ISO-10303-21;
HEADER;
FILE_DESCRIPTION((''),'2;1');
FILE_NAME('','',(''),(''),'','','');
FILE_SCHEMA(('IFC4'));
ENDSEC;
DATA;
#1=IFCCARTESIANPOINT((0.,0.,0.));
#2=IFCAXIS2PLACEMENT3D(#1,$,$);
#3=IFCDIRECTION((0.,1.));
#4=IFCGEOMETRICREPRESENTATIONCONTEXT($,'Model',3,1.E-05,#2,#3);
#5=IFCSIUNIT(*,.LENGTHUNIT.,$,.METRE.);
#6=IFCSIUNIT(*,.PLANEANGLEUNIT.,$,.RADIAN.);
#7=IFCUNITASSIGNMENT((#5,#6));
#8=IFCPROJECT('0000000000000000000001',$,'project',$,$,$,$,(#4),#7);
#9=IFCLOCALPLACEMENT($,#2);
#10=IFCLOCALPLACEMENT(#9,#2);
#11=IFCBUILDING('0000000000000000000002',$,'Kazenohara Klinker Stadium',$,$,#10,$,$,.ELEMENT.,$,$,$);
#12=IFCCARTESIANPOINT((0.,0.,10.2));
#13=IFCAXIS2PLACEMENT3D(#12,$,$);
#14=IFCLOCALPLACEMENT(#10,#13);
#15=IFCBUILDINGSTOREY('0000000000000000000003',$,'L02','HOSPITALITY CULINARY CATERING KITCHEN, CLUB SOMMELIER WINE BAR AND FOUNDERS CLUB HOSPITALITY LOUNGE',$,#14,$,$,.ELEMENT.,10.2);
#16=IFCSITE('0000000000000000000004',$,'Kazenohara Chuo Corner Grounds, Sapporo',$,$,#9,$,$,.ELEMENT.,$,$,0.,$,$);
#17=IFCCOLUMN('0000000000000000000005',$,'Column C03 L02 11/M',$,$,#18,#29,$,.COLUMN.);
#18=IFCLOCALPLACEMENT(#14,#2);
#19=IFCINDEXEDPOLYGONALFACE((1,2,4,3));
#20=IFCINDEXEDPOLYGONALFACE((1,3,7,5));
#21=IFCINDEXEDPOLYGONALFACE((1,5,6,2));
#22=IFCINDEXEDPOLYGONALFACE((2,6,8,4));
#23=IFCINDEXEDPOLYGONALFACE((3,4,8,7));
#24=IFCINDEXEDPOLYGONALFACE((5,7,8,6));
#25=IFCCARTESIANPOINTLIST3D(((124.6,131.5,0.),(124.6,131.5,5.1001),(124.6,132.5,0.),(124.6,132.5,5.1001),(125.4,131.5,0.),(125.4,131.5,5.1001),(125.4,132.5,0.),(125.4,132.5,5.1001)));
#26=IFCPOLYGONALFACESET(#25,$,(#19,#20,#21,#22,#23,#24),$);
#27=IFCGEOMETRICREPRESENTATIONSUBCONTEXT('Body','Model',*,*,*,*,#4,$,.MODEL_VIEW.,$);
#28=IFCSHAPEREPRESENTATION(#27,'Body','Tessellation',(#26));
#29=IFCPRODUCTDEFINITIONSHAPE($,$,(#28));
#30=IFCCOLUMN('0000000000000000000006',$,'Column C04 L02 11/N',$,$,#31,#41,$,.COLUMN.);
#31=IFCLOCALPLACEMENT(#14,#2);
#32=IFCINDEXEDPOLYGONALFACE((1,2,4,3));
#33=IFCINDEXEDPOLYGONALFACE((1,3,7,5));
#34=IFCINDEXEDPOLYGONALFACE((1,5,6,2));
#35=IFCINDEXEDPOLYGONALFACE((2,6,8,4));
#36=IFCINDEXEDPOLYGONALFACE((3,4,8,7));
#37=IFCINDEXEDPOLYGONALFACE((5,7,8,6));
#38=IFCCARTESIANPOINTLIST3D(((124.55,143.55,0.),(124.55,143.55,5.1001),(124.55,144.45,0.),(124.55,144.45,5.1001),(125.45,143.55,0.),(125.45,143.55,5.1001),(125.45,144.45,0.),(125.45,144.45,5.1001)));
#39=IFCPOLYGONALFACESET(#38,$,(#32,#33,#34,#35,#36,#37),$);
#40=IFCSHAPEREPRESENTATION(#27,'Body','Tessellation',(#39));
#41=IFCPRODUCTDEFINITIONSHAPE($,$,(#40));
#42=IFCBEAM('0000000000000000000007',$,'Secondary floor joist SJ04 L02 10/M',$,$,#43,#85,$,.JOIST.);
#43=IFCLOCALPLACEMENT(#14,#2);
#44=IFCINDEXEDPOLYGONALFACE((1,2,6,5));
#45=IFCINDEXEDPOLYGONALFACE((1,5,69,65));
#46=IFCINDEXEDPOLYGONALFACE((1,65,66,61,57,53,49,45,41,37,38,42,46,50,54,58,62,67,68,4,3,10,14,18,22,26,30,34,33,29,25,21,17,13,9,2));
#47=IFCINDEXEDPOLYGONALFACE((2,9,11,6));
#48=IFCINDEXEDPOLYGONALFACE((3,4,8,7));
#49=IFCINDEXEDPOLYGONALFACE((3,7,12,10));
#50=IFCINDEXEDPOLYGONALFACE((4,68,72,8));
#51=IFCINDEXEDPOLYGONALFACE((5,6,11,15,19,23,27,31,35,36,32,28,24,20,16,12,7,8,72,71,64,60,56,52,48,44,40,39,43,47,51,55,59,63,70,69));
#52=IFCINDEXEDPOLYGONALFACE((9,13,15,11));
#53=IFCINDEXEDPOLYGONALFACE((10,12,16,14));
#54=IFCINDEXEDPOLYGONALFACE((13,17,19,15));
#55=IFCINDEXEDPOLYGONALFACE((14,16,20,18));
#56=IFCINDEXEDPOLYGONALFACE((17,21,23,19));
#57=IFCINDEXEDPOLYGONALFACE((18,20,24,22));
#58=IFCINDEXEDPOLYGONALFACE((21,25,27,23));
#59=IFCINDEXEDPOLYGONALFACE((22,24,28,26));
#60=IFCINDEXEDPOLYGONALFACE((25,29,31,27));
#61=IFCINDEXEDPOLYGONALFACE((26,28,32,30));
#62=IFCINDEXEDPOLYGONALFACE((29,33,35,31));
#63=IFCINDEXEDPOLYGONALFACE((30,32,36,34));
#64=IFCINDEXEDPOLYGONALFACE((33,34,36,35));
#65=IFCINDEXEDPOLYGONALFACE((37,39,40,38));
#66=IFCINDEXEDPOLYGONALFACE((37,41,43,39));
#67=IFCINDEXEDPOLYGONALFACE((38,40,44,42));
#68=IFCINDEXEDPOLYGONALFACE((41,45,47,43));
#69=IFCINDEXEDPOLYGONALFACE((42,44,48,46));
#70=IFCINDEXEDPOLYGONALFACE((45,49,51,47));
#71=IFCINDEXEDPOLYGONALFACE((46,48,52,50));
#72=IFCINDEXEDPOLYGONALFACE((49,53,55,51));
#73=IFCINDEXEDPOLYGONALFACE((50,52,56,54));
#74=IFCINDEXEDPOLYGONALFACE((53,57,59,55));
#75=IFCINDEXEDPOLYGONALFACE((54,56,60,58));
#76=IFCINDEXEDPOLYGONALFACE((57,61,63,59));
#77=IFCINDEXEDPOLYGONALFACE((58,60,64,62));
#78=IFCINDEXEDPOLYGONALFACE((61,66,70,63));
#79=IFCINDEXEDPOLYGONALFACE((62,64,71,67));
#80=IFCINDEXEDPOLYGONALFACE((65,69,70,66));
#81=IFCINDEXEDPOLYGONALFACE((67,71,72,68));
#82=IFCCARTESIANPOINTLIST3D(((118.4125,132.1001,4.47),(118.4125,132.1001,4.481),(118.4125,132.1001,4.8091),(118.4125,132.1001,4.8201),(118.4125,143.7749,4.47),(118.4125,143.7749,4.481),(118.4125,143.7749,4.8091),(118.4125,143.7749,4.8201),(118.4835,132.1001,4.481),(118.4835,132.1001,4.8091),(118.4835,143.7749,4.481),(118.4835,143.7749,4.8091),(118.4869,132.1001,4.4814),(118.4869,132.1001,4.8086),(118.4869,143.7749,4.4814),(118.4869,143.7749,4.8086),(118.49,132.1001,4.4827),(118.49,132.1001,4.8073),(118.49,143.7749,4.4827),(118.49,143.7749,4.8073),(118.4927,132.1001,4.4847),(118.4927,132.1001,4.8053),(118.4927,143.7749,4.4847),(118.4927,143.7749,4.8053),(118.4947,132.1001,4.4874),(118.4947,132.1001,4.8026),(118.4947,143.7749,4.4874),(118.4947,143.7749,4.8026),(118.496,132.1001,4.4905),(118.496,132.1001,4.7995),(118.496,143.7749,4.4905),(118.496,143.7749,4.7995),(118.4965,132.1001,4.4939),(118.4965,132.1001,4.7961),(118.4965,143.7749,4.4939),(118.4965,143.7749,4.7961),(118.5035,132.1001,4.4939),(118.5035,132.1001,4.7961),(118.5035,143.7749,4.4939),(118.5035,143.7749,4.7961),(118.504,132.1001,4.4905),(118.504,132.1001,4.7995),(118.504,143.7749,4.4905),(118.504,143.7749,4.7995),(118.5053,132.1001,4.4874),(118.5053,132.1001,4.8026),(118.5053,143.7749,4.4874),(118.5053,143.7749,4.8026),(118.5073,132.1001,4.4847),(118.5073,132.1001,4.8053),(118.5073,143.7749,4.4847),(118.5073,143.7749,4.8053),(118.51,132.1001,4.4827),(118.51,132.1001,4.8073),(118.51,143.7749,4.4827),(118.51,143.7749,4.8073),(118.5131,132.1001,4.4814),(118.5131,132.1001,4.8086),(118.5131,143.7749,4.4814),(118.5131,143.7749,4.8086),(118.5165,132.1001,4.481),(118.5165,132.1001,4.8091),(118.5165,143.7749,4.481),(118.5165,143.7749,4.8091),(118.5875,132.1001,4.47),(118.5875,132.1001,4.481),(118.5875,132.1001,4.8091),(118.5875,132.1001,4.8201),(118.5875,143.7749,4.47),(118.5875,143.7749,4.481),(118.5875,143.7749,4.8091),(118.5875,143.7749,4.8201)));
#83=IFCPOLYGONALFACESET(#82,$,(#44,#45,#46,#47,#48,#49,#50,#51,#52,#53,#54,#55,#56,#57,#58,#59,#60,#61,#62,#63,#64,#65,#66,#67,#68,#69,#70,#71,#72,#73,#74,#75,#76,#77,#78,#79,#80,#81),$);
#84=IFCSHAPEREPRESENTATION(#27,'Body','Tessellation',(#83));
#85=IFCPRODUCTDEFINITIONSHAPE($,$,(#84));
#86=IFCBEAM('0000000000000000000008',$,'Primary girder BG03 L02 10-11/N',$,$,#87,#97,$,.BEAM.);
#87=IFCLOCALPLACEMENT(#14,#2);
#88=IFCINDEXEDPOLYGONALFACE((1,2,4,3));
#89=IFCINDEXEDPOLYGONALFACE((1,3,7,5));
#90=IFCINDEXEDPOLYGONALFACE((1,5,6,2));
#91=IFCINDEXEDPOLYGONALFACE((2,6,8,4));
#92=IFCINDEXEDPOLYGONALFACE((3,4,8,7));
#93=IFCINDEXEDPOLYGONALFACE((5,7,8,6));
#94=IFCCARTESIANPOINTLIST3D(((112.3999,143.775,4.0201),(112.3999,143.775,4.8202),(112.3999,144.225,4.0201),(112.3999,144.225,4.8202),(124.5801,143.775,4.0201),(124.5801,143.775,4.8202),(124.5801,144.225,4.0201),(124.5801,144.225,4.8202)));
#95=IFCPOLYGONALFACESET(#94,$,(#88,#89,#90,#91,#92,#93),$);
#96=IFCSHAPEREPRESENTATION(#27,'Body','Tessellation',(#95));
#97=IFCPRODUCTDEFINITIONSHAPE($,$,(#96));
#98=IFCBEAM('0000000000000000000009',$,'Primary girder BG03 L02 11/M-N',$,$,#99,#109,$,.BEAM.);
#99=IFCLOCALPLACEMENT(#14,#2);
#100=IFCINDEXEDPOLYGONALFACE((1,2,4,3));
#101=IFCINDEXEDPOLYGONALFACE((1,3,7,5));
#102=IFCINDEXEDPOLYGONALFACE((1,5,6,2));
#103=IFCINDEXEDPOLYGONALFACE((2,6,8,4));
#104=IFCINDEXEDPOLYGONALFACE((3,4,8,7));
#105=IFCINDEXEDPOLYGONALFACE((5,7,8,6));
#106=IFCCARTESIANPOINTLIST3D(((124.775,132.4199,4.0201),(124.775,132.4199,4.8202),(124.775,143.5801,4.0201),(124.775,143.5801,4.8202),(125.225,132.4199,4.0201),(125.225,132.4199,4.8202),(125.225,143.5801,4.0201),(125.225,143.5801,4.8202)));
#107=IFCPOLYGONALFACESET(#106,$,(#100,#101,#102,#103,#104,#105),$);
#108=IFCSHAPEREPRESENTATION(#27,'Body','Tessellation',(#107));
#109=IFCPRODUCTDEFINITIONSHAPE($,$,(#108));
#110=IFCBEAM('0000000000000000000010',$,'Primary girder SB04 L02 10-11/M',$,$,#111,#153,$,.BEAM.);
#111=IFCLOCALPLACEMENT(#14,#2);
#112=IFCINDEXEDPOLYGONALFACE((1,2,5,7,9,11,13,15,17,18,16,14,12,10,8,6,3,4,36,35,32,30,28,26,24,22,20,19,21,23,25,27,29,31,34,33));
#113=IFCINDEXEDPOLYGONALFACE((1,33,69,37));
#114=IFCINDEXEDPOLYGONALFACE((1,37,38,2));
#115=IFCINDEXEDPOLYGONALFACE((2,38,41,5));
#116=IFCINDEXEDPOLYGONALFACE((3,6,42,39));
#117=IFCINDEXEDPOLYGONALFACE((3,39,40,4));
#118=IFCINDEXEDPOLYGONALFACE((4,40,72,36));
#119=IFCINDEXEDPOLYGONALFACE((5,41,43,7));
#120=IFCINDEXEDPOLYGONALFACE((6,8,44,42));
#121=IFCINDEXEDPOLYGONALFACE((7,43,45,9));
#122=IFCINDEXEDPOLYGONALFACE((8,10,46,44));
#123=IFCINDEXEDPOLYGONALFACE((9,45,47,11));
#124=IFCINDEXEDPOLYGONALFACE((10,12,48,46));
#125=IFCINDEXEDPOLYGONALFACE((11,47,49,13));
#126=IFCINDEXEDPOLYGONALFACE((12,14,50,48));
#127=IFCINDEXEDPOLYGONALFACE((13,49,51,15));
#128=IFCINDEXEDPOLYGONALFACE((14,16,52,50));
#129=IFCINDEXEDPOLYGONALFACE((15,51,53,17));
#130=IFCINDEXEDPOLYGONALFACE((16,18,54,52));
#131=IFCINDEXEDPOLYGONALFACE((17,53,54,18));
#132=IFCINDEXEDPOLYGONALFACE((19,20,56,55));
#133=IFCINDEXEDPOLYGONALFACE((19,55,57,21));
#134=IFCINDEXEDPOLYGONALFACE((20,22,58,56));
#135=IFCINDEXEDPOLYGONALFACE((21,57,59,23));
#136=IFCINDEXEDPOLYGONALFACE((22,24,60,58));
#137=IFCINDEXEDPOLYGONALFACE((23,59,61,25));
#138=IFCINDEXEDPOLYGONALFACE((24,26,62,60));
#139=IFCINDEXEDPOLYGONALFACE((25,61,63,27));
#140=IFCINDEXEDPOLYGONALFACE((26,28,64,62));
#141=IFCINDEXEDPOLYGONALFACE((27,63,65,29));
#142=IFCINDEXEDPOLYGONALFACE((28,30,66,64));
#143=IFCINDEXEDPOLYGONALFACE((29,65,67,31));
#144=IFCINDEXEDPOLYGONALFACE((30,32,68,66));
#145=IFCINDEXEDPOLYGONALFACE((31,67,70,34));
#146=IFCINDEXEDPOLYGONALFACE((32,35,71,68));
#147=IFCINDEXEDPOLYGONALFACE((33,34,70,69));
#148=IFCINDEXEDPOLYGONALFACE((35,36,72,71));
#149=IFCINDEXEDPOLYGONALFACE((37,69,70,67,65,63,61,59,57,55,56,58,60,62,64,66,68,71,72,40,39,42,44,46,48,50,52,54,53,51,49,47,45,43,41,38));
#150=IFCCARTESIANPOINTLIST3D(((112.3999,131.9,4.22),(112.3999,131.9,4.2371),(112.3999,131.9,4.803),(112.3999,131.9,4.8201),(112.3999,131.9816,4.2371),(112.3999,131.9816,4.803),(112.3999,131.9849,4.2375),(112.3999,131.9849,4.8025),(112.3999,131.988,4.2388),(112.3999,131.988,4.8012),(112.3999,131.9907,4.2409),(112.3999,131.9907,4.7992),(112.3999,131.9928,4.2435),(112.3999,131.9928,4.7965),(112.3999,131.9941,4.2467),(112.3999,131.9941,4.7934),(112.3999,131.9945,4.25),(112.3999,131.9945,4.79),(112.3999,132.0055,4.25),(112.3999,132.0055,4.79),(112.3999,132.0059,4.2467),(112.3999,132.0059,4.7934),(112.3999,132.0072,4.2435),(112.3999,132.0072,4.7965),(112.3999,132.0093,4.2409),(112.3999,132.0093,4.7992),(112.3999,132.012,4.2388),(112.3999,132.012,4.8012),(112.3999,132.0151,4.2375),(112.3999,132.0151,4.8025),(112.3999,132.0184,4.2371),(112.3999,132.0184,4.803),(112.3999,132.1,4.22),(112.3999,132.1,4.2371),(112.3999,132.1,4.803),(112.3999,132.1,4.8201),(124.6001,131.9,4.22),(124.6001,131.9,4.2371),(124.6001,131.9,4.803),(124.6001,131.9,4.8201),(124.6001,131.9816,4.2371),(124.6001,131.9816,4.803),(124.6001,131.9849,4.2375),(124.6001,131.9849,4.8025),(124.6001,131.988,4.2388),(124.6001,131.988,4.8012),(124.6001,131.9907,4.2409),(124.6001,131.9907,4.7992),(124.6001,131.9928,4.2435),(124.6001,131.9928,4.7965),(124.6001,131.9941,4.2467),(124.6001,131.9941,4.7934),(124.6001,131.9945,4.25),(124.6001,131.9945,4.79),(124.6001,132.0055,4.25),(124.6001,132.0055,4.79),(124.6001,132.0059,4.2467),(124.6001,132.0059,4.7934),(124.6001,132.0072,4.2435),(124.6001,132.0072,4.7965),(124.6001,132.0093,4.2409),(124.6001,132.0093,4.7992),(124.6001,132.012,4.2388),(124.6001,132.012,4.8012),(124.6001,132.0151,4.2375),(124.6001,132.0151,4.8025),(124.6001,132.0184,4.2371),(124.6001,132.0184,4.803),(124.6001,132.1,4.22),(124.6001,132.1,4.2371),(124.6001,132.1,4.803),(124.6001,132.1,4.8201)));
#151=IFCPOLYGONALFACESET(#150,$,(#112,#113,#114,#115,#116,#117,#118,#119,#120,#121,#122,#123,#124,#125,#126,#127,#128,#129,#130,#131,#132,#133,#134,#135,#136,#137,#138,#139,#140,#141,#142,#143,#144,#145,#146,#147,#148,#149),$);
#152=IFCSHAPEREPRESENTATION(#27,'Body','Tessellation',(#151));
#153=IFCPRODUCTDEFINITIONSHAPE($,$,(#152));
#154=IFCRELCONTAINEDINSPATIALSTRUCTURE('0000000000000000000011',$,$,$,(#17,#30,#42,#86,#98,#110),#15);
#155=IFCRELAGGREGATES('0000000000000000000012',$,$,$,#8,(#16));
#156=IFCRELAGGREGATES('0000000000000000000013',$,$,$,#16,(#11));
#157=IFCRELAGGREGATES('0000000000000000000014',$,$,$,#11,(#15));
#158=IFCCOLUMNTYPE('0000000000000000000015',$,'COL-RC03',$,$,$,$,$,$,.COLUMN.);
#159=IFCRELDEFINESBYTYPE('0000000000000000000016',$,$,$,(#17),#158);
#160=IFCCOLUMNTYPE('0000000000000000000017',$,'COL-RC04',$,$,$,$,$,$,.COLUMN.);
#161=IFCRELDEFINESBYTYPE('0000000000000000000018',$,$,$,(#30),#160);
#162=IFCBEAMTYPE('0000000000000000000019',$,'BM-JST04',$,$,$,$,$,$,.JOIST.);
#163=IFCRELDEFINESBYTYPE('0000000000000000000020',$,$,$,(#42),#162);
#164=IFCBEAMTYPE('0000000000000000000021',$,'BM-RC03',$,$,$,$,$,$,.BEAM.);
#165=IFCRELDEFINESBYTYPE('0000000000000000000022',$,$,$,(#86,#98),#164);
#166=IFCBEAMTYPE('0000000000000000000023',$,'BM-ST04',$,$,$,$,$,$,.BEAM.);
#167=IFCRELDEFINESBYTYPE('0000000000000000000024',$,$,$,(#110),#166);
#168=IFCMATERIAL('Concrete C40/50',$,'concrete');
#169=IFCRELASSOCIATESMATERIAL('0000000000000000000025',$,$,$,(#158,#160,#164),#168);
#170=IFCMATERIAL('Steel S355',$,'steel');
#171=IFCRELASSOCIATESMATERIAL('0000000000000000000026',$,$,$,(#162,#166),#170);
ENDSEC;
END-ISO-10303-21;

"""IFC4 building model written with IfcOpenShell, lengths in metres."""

from ifc_helpers import new_model, si_unit, direction, frame, origin, origin_2d, place, context, subcontext, project, spatial, rectangle, i_section, extrude, material, material_profile, profile_set, type_object, element, save


model = new_model("IFC4")

# Units and contexts
model_context = context("Model", 3, precision=1e-05, world=origin(), true_north=direction((0.0, 1.0)))
body_context = subcontext(model_context, "Body", "Model", "MODEL_VIEW")
ifc_project = project(units=[si_unit("LENGTHUNIT", "METRE"), si_unit("PLANEANGLEUNIT", "RADIAN")], contexts=[model_context])

# Site, building, storey
site_placement = place(None, origin())
site = spatial("IfcSite", under=ifc_project, at=site_placement, Name="Kazenohara Chuo Corner Grounds, Sapporo", CompositionType="ELEMENT", RefElevation=0.0)
building_placement = place(site_placement, origin())
building = spatial("IfcBuilding", under=site, at=building_placement, Name="Kazenohara Klinker Stadium", CompositionType="ELEMENT")
storey_placement = place(building_placement, frame((0.0, 0.0, 10.2)))
storey = spatial("IfcBuildingStorey", under=building, at=storey_placement, Name="L02", Description="HOSPITALITY CULINARY CATERING KITCHEN, CLUB SOMMELIER WINE BAR AND FOUNDERS CLUB HOSPITALITY LOUNGE", CompositionType="ELEMENT", Elevation=10.2)

# Columns
ifc_material_1 = material(Name="Concrete C40/50", Category="concrete")
ifc_material_profile_1 = material_profile(ifc_material_1, rectangle(XDim=0.8, YDim=1.0, at=origin_2d()), Name="RC-COL-1000x800")
ifc_profile_set_1 = profile_set([ifc_material_profile_1], Name="Concrete C40/50")
column_type_1 = type_object("IfcColumnType", Name="COL-RC03", PredefinedType="COLUMN", material=ifc_profile_set_1)
column_1_placement = place(storey_placement, frame((125.0, 132.0, 0.0), z_axis=(0.0, 0.0, 1.0), x_axis=(1.0, 0.0, 0.0)))
element("IfcColumn", 1, at=column_1_placement, inside=storey, type_object=column_type_1, Name="Column C03 L02 11/M", PredefinedType="COLUMN", context=body_context, shape_type="SweptSolid", body=[
    extrude(rectangle(XDim=0.8, YDim=1.0, at=origin_2d()), origin(), (0.0, 0.0, 1.0), 5.1001),
])
ifc_material_profile_2 = material_profile(ifc_material_1, rectangle(XDim=0.8999, YDim=0.8999, at=origin_2d()), Name="RC-COL-900x900")
ifc_profile_set_2 = profile_set([ifc_material_profile_2], Name="Concrete C40/50")
column_type_2 = type_object("IfcColumnType", Name="COL-RC04", PredefinedType="COLUMN", material=ifc_profile_set_2)
column_2_placement = place(storey_placement, frame((125.0, 144.0, 0.0), z_axis=(0.0, 0.0, 1.0), x_axis=(1.0, 0.0, 0.0)))
element("IfcColumn", 2, at=column_2_placement, inside=storey, type_object=column_type_2, Name="Column C04 L02 11/N", PredefinedType="COLUMN", context=body_context, shape_type="SweptSolid", body=[
    extrude(rectangle(XDim=0.8999, YDim=0.8999, at=origin_2d()), origin(), (0.0, 0.0, 1.0), 5.1001),
])

# Beams
ifc_material_2 = material(Name="Steel S355", Category="steel")
ifc_material_profile_3 = material_profile(ifc_material_2, i_section(OverallWidth=0.175, OverallDepth=0.3501, WebThickness=0.0071, FlangeThickness=0.011, FilletRadius=0.0129, at=origin_2d()), Name="H-350x175x7x11")
ifc_profile_set_3 = profile_set([ifc_material_profile_3], Name="Steel S355")
beam_type_1 = type_object("IfcBeamType", Name="BM-JST04", PredefinedType="JOIST", material=ifc_profile_set_3)
beam_1_placement = place(storey_placement, frame((118.5, 132.1001, 4.645), z_axis=(0.0, 1.0, 0.0), x_axis=(-1.0, 0.0, 0.0)))
element("IfcBeam", 3, at=beam_1_placement, inside=storey, type_object=beam_type_1, Name="Secondary floor joist SJ04 L02 10/M", PredefinedType="JOIST", context=body_context, shape_type="SweptSolid", body=[
    extrude(i_section(OverallWidth=0.175, OverallDepth=0.3501, WebThickness=0.0071, FlangeThickness=0.011, FilletRadius=0.0129, at=origin_2d()), origin(), (0.0, 0.0, 1.0), 11.6748),
])
ifc_material_profile_4 = material_profile(ifc_material_1, rectangle(XDim=0.45, YDim=0.8, at=origin_2d()), Name="RC-BM-450x800")
ifc_profile_set_4 = profile_set([ifc_material_profile_4], Name="Concrete C40/50")
beam_type_2 = type_object("IfcBeamType", Name="BM-RC03", PredefinedType="BEAM", material=ifc_profile_set_4)
beam_2_placement = place(storey_placement, frame((112.3999, 144.0, 4.4202), z_axis=(1.0, 0.0, 0.0), x_axis=(0.0, 1.0, 0.0)))
element("IfcBeam", 4, at=beam_2_placement, inside=storey, type_object=beam_type_2, Name="Primary girder BG03 L02 10-11/N", PredefinedType="BEAM", context=body_context, shape_type="SweptSolid", body=[
    extrude(rectangle(XDim=0.45, YDim=0.8, at=origin_2d()), origin(), (0.0, 0.0, 1.0), 12.1802),
])
beam_3_placement = place(storey_placement, frame((125.0, 132.4199, 4.4202), z_axis=(0.0, 1.0, 0.0), x_axis=(-1.0, 0.0, 0.0)))
element("IfcBeam", 5, at=beam_3_placement, inside=storey, type_object=beam_type_2, Name="Primary girder BG03 L02 11/M-N", PredefinedType="BEAM", context=body_context, shape_type="SweptSolid", body=[
    extrude(rectangle(XDim=0.45, YDim=0.8, at=origin_2d()), origin(), (0.0, 0.0, 1.0), 11.1602),
])
ifc_material_profile_5 = material_profile(ifc_material_2, i_section(OverallWidth=0.2, OverallDepth=0.6001, WebThickness=0.011, FlangeThickness=0.0171, FilletRadius=0.0129, at=origin_2d()), Name="H-600x200x11x17")
ifc_profile_set_5 = profile_set([ifc_material_profile_5], Name="Steel S355")
beam_type_3 = type_object("IfcBeamType", Name="BM-ST04", PredefinedType="BEAM", material=ifc_profile_set_5)
beam_4_placement = place(storey_placement, frame((112.3999, 132.0, 4.52), z_axis=(1.0, 0.0, 0.0), x_axis=(0.0, 1.0, 0.0)))
element("IfcBeam", 6, at=beam_4_placement, inside=storey, type_object=beam_type_3, Name="Primary girder SB04 L02 10-11/M", PredefinedType="BEAM", context=body_context, shape_type="SweptSolid", body=[
    extrude(i_section(OverallWidth=0.2, OverallDepth=0.6001, WebThickness=0.011, FlangeThickness=0.0171, FilletRadius=0.0129, at=origin_2d()), origin(), (0.0, 0.0, 1.0), 12.2002),
])

save(model, "model.ifc")
